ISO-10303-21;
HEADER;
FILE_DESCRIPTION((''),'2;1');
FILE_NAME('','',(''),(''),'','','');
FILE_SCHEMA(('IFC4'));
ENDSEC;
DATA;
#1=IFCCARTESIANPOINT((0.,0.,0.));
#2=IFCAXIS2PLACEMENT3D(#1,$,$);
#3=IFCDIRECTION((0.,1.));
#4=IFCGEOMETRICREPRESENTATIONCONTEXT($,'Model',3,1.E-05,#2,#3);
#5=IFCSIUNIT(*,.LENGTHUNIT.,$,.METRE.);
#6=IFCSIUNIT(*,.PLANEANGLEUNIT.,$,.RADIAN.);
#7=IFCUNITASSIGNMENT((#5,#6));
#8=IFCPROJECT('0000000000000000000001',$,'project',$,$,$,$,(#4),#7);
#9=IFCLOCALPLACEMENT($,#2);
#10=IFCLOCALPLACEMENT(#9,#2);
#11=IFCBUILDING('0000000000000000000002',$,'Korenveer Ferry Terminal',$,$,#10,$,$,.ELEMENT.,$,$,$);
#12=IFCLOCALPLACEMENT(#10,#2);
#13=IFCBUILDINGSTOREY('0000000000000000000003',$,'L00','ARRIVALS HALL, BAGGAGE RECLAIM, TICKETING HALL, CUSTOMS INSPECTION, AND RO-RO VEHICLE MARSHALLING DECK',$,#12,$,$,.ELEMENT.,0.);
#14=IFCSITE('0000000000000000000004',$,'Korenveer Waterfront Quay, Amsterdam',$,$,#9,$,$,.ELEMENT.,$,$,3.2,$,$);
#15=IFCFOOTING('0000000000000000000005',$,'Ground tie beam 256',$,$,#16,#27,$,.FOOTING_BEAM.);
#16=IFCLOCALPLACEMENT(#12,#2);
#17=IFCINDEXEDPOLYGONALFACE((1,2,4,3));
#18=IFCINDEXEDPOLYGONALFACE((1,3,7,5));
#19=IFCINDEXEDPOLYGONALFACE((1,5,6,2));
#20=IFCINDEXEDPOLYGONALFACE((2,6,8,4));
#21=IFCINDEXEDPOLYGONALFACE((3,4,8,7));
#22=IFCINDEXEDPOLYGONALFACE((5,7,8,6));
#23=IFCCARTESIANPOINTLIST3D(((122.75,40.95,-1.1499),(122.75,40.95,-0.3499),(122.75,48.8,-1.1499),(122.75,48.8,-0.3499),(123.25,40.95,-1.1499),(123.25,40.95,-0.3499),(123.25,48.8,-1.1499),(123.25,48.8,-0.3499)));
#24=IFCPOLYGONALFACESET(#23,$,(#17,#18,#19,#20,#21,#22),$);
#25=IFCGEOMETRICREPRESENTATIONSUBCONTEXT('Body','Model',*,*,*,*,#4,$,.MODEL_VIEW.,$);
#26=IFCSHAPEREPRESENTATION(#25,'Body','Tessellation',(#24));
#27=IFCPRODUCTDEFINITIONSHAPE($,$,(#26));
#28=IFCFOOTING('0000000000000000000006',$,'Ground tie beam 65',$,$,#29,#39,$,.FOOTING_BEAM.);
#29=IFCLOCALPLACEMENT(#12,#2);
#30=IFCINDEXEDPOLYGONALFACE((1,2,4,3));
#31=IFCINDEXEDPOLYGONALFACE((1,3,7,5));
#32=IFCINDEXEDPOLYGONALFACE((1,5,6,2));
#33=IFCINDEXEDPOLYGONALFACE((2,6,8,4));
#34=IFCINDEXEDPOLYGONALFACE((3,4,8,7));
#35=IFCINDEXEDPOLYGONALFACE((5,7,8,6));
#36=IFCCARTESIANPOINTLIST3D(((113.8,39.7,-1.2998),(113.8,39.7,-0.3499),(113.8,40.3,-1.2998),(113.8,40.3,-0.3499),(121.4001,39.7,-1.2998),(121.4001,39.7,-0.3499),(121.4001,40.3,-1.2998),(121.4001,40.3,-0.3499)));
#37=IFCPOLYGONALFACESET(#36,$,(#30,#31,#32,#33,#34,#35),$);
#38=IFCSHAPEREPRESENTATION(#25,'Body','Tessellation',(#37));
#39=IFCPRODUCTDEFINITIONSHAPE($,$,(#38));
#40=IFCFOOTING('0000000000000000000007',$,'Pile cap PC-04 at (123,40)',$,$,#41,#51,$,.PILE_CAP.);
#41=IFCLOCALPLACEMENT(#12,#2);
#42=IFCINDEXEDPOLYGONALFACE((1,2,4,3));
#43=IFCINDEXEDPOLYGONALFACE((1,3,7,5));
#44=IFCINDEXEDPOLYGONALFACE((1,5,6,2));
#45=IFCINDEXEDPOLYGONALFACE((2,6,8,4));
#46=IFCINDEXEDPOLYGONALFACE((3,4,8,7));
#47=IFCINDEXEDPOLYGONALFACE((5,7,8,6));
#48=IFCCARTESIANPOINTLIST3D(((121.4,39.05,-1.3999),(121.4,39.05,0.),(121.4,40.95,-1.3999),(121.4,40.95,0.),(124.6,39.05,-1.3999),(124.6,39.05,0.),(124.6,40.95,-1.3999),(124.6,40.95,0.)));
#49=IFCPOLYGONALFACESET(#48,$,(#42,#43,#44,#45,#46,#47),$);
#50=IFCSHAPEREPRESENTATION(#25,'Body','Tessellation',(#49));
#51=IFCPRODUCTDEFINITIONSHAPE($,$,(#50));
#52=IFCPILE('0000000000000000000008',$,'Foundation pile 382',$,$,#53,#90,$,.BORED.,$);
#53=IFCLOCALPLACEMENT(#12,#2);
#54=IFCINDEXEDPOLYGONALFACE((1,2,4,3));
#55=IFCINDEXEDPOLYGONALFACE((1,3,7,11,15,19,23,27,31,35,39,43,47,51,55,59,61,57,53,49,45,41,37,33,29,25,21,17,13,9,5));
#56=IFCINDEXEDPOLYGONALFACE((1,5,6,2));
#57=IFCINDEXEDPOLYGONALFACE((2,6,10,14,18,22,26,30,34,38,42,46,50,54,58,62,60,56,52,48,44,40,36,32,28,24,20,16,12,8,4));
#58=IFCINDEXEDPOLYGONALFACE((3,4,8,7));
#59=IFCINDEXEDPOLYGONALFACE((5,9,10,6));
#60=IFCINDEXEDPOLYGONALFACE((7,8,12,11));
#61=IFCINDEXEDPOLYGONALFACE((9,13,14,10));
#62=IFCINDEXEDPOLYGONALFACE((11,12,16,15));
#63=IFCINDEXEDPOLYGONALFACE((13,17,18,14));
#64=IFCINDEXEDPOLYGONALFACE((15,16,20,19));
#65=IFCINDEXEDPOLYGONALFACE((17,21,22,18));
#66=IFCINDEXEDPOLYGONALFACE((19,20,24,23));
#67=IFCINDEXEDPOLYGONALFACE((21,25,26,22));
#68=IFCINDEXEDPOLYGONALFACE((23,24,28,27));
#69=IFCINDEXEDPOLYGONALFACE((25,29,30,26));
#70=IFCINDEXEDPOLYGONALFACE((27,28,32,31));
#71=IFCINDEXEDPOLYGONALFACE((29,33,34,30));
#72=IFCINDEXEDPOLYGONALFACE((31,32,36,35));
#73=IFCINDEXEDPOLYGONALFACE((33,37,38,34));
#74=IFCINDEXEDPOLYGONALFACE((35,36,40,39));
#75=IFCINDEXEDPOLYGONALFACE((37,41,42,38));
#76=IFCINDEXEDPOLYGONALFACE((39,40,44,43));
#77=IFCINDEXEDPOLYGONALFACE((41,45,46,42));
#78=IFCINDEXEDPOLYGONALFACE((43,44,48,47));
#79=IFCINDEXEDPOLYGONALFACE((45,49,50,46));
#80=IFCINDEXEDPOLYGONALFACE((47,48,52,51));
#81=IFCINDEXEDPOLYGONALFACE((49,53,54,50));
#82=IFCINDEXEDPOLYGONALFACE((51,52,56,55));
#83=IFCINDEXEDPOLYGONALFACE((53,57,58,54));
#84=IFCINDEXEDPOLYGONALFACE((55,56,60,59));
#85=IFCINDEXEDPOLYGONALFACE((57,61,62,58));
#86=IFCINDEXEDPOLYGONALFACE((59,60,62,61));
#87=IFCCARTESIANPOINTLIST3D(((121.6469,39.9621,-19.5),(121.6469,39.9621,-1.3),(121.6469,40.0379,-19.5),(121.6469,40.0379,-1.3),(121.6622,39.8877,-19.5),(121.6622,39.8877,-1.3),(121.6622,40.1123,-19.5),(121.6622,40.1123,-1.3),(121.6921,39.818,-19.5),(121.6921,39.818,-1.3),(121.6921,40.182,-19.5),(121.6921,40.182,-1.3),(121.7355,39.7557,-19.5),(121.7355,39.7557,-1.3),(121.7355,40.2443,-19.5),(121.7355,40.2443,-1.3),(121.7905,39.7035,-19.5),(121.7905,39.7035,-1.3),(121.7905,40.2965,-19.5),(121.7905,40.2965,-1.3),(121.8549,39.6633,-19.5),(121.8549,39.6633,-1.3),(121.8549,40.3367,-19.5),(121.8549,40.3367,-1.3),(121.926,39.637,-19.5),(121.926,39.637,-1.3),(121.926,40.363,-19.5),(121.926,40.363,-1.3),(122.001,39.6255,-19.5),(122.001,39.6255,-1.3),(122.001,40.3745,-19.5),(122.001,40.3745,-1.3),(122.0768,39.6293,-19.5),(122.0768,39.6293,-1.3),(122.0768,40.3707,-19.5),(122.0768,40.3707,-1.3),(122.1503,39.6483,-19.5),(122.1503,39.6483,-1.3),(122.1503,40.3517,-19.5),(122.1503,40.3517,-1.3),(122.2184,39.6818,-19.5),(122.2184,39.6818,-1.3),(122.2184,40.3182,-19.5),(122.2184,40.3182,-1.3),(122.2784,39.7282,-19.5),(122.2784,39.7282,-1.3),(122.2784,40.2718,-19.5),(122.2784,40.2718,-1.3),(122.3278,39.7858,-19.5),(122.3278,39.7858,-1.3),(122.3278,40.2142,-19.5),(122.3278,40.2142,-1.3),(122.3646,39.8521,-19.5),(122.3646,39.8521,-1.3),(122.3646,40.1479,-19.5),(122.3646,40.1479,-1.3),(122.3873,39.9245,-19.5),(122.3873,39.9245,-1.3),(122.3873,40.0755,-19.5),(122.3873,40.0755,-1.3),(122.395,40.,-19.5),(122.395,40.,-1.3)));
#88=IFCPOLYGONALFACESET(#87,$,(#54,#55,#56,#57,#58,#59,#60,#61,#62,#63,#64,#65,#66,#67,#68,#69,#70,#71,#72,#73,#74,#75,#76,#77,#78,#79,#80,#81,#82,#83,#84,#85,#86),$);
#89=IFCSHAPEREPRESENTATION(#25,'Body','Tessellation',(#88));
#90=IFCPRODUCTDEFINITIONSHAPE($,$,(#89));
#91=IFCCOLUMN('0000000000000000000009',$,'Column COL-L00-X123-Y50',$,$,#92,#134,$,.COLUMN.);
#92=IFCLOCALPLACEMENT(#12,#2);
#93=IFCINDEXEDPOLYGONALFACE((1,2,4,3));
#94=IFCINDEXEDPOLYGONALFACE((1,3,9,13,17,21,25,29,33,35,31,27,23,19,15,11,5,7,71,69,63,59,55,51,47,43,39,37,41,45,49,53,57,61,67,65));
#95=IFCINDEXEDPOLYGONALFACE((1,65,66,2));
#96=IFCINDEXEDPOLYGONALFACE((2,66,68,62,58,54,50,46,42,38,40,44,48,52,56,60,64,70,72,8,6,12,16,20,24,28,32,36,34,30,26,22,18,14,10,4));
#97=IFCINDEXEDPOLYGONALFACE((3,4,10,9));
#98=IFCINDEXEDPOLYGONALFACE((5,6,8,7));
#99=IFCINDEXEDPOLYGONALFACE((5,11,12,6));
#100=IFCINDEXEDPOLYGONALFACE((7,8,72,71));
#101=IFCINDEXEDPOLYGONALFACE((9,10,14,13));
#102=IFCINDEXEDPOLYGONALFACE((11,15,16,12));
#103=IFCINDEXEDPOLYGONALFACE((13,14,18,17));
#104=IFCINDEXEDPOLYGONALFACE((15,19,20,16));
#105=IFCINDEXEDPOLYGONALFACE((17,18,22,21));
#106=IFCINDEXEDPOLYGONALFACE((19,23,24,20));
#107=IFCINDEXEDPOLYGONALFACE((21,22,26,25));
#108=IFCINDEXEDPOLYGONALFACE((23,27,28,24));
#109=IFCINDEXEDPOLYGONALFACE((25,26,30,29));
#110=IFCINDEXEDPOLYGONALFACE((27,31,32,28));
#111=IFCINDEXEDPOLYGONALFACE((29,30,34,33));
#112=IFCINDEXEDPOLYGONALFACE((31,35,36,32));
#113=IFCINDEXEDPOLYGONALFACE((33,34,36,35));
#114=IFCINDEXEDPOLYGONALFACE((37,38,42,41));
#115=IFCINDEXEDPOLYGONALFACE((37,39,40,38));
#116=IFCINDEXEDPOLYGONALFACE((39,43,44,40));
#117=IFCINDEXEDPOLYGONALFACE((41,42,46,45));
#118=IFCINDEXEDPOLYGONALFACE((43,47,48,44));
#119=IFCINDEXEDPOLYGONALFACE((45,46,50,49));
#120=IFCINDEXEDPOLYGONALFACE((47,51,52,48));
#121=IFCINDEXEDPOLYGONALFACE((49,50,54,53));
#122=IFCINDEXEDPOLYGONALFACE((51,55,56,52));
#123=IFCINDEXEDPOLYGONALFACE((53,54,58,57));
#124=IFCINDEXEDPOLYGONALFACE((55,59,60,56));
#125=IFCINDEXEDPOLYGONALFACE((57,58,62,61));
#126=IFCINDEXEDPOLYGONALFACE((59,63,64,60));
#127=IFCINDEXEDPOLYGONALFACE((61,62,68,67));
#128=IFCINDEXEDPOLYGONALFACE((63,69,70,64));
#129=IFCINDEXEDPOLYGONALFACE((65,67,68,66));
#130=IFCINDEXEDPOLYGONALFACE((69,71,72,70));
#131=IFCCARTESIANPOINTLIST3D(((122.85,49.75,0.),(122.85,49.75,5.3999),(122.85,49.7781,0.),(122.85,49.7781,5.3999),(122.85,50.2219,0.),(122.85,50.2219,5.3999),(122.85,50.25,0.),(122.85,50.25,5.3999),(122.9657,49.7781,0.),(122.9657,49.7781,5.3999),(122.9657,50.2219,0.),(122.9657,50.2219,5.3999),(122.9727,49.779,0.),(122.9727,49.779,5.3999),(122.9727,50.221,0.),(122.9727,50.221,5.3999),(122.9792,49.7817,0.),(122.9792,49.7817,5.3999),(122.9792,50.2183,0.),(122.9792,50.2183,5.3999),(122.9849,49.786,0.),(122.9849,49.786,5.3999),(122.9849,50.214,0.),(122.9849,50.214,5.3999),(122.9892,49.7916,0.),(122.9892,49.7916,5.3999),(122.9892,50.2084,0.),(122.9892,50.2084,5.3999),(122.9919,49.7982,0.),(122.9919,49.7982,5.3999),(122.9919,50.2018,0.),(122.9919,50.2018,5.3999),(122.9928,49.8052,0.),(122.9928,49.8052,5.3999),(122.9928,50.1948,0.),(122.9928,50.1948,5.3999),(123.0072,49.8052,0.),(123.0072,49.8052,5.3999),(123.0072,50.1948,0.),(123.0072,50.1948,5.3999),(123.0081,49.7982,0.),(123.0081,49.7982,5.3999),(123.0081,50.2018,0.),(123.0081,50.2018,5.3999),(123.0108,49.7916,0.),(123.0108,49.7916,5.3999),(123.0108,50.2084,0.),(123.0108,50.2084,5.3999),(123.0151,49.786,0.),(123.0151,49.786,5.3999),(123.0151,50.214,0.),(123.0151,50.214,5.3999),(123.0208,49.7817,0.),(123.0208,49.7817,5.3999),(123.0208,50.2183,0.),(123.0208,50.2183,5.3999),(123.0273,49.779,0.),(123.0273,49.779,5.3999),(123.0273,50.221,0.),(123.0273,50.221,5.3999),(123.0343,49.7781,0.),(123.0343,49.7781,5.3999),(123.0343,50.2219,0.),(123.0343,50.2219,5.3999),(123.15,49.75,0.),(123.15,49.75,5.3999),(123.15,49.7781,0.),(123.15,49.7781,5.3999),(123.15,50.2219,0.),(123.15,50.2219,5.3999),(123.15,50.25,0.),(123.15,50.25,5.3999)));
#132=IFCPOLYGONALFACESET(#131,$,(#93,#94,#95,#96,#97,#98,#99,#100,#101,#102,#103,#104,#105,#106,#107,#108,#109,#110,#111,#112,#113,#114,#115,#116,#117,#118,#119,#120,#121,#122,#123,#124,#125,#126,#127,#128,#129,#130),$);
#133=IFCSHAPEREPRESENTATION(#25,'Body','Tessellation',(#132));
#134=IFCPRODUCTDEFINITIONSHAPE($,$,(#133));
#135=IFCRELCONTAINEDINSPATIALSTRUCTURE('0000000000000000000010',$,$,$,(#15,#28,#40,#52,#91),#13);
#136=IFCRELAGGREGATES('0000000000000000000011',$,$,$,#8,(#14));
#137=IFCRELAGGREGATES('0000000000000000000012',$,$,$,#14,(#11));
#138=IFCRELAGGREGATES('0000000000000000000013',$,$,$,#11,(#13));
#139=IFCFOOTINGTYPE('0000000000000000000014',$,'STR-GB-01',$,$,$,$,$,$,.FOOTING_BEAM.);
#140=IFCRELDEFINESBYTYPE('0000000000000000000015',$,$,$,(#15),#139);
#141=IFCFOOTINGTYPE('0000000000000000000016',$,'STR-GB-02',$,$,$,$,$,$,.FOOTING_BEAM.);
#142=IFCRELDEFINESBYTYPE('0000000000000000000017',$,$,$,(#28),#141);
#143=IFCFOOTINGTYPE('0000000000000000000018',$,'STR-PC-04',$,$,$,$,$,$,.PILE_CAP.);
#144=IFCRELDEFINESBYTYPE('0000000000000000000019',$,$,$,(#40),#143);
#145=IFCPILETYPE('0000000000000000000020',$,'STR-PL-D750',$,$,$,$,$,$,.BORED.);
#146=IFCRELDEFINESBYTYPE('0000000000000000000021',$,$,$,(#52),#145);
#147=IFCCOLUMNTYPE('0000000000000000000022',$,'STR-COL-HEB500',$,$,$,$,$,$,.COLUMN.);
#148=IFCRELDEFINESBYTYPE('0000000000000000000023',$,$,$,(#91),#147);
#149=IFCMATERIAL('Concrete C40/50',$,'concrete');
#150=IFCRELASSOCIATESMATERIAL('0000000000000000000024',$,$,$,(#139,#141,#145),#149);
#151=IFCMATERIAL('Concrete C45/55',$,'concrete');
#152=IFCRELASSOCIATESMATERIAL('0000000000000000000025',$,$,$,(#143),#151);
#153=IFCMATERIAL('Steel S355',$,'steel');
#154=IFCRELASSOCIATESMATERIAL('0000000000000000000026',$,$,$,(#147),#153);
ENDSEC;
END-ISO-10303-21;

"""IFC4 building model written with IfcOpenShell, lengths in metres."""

from ifc_helpers import new_model, si_unit, direction, frame, origin, origin_2d, place, context, subcontext, project, spatial, rectangle, circle, i_section, extrude, material, material_profile, profile_set, type_object, element, save


model = new_model("IFC4")

# Units and contexts
model_context = context("Model", 3, precision=1e-05, world=origin(), true_north=direction((0.0, 1.0)))
body_context = subcontext(model_context, "Body", "Model", "MODEL_VIEW")
ifc_project = project(units=[si_unit("LENGTHUNIT", "METRE"), si_unit("PLANEANGLEUNIT", "RADIAN")], contexts=[model_context])

# Site, building, storey
site_placement = place(None, origin())
site = spatial("IfcSite", under=ifc_project, at=site_placement, Name="Korenveer Waterfront Quay, Amsterdam", CompositionType="ELEMENT", RefElevation=3.2)
building_placement = place(site_placement, origin())
building = spatial("IfcBuilding", under=site, at=building_placement, Name="Korenveer Ferry Terminal", CompositionType="ELEMENT")
storey_placement = place(building_placement, origin())
storey = spatial("IfcBuildingStorey", under=building, at=storey_placement, Name="L00", Description="ARRIVALS HALL, BAGGAGE RECLAIM, TICKETING HALL, CUSTOMS INSPECTION, AND RO-RO VEHICLE MARSHALLING DECK", CompositionType="ELEMENT", Elevation=0.0)

# Footings
ifc_material_1 = material(Name="Concrete C40/50", Category="concrete")
footing_type_1 = type_object("IfcFootingType", Name="STR-GB-01", PredefinedType="FOOTING_BEAM", material=ifc_material_1)
footing_1_placement = place(storey_placement, frame((123.0, 44.875, -1.1499), z_axis=(0.0, 0.0, 1.0), x_axis=(1.0, 0.0, 0.0)))
element("IfcFooting", 1, at=footing_1_placement, inside=storey, type_object=footing_type_1, Name="Ground tie beam 256", PredefinedType="FOOTING_BEAM", context=body_context, shape_type="SweptSolid", body=[
    extrude(rectangle(XDim=0.5, YDim=7.8501, at=origin_2d()), origin(), (0.0, 0.0, 1.0), 0.8),
])
footing_type_2 = type_object("IfcFootingType", Name="STR-GB-02", PredefinedType="FOOTING_BEAM", material=ifc_material_1)
footing_2_placement = place(storey_placement, frame((117.6001, 40.0, -1.2998), z_axis=(0.0, 0.0, 1.0), x_axis=(1.0, 0.0, 0.0)))
element("IfcFooting", 2, at=footing_2_placement, inside=storey, type_object=footing_type_2, Name="Ground tie beam 65", PredefinedType="FOOTING_BEAM", context=body_context, shape_type="SweptSolid", body=[
    extrude(rectangle(XDim=7.6001, YDim=0.6001, at=origin_2d()), origin(), (0.0, 0.0, 1.0), 0.95),
])
ifc_material_2 = material(Name="Concrete C45/55", Category="concrete")
footing_type_3 = type_object("IfcFootingType", Name="STR-PC-04", PredefinedType="PILE_CAP", material=ifc_material_2)
footing_3_placement = place(storey_placement, frame((123.0, 40.0, -1.3999), z_axis=(0.0, 0.0, 1.0), x_axis=(1.0, 0.0, 0.0)))
element("IfcFooting", 3, at=footing_3_placement, inside=storey, type_object=footing_type_3, Name="Pile cap PC-04 at (123,40)", PredefinedType="PILE_CAP", context=body_context, shape_type="SweptSolid", body=[
    extrude(rectangle(XDim=3.2, YDim=1.8999, at=origin_2d()), origin(), (0.0, 0.0, 1.0), 1.3999),
])

# Pile
ifc_material_profile_1 = material_profile(ifc_material_1, circle(Radius=0.375, at=origin_2d()), Name="PILE D750")
ifc_profile_set_1 = profile_set([ifc_material_profile_1], Name="Concrete C40/50")
pile_type = type_object("IfcPileType", Name="STR-PL-D750", PredefinedType="BORED", material=ifc_profile_set_1)
pile_placement = place(storey_placement, frame((122.02, 40.0, -1.3), z_axis=(0.0, 0.0, -1.0), x_axis=(1.0, 0.0, 0.0)))
element("IfcPile", 4, at=pile_placement, inside=storey, type_object=pile_type, Name="Foundation pile 382", PredefinedType="BORED", context=body_context, shape_type="SweptSolid", body=[
    extrude(circle(Radius=0.375, at=origin_2d()), origin(), (0.0, 0.0, 1.0), 18.2),
])

# Column
ifc_material_3 = material(Name="Steel S355", Category="steel")
ifc_material_profile_2 = material_profile(ifc_material_3, i_section(OverallWidth=0.3, OverallDepth=0.5, WebThickness=0.0144, FlangeThickness=0.0281, FilletRadius=0.0271, at=origin_2d()), Name="HEB 500")
ifc_profile_set_2 = profile_set([ifc_material_profile_2], Name="Steel S355")
column_type_1 = type_object("IfcColumnType", Name="STR-COL-HEB500", PredefinedType="COLUMN", material=ifc_profile_set_2)
column_1_placement = place(storey_placement, frame((123.0, 50.0, 0.0), z_axis=(0.0, 0.0, 1.0), x_axis=(1.0, 0.0, 0.0)))
element("IfcColumn", 5, at=column_1_placement, inside=storey, type_object=column_type_1, Name="Column COL-L00-X123-Y50", PredefinedType="COLUMN", context=body_context, shape_type="SweptSolid", body=[
    extrude(i_section(OverallWidth=0.3, OverallDepth=0.5, WebThickness=0.0144, FlangeThickness=0.0281, FilletRadius=0.0271, at=origin_2d()), origin(), (0.0, 0.0, 1.0), 5.3999),
])

save(model, "model.ifc")
